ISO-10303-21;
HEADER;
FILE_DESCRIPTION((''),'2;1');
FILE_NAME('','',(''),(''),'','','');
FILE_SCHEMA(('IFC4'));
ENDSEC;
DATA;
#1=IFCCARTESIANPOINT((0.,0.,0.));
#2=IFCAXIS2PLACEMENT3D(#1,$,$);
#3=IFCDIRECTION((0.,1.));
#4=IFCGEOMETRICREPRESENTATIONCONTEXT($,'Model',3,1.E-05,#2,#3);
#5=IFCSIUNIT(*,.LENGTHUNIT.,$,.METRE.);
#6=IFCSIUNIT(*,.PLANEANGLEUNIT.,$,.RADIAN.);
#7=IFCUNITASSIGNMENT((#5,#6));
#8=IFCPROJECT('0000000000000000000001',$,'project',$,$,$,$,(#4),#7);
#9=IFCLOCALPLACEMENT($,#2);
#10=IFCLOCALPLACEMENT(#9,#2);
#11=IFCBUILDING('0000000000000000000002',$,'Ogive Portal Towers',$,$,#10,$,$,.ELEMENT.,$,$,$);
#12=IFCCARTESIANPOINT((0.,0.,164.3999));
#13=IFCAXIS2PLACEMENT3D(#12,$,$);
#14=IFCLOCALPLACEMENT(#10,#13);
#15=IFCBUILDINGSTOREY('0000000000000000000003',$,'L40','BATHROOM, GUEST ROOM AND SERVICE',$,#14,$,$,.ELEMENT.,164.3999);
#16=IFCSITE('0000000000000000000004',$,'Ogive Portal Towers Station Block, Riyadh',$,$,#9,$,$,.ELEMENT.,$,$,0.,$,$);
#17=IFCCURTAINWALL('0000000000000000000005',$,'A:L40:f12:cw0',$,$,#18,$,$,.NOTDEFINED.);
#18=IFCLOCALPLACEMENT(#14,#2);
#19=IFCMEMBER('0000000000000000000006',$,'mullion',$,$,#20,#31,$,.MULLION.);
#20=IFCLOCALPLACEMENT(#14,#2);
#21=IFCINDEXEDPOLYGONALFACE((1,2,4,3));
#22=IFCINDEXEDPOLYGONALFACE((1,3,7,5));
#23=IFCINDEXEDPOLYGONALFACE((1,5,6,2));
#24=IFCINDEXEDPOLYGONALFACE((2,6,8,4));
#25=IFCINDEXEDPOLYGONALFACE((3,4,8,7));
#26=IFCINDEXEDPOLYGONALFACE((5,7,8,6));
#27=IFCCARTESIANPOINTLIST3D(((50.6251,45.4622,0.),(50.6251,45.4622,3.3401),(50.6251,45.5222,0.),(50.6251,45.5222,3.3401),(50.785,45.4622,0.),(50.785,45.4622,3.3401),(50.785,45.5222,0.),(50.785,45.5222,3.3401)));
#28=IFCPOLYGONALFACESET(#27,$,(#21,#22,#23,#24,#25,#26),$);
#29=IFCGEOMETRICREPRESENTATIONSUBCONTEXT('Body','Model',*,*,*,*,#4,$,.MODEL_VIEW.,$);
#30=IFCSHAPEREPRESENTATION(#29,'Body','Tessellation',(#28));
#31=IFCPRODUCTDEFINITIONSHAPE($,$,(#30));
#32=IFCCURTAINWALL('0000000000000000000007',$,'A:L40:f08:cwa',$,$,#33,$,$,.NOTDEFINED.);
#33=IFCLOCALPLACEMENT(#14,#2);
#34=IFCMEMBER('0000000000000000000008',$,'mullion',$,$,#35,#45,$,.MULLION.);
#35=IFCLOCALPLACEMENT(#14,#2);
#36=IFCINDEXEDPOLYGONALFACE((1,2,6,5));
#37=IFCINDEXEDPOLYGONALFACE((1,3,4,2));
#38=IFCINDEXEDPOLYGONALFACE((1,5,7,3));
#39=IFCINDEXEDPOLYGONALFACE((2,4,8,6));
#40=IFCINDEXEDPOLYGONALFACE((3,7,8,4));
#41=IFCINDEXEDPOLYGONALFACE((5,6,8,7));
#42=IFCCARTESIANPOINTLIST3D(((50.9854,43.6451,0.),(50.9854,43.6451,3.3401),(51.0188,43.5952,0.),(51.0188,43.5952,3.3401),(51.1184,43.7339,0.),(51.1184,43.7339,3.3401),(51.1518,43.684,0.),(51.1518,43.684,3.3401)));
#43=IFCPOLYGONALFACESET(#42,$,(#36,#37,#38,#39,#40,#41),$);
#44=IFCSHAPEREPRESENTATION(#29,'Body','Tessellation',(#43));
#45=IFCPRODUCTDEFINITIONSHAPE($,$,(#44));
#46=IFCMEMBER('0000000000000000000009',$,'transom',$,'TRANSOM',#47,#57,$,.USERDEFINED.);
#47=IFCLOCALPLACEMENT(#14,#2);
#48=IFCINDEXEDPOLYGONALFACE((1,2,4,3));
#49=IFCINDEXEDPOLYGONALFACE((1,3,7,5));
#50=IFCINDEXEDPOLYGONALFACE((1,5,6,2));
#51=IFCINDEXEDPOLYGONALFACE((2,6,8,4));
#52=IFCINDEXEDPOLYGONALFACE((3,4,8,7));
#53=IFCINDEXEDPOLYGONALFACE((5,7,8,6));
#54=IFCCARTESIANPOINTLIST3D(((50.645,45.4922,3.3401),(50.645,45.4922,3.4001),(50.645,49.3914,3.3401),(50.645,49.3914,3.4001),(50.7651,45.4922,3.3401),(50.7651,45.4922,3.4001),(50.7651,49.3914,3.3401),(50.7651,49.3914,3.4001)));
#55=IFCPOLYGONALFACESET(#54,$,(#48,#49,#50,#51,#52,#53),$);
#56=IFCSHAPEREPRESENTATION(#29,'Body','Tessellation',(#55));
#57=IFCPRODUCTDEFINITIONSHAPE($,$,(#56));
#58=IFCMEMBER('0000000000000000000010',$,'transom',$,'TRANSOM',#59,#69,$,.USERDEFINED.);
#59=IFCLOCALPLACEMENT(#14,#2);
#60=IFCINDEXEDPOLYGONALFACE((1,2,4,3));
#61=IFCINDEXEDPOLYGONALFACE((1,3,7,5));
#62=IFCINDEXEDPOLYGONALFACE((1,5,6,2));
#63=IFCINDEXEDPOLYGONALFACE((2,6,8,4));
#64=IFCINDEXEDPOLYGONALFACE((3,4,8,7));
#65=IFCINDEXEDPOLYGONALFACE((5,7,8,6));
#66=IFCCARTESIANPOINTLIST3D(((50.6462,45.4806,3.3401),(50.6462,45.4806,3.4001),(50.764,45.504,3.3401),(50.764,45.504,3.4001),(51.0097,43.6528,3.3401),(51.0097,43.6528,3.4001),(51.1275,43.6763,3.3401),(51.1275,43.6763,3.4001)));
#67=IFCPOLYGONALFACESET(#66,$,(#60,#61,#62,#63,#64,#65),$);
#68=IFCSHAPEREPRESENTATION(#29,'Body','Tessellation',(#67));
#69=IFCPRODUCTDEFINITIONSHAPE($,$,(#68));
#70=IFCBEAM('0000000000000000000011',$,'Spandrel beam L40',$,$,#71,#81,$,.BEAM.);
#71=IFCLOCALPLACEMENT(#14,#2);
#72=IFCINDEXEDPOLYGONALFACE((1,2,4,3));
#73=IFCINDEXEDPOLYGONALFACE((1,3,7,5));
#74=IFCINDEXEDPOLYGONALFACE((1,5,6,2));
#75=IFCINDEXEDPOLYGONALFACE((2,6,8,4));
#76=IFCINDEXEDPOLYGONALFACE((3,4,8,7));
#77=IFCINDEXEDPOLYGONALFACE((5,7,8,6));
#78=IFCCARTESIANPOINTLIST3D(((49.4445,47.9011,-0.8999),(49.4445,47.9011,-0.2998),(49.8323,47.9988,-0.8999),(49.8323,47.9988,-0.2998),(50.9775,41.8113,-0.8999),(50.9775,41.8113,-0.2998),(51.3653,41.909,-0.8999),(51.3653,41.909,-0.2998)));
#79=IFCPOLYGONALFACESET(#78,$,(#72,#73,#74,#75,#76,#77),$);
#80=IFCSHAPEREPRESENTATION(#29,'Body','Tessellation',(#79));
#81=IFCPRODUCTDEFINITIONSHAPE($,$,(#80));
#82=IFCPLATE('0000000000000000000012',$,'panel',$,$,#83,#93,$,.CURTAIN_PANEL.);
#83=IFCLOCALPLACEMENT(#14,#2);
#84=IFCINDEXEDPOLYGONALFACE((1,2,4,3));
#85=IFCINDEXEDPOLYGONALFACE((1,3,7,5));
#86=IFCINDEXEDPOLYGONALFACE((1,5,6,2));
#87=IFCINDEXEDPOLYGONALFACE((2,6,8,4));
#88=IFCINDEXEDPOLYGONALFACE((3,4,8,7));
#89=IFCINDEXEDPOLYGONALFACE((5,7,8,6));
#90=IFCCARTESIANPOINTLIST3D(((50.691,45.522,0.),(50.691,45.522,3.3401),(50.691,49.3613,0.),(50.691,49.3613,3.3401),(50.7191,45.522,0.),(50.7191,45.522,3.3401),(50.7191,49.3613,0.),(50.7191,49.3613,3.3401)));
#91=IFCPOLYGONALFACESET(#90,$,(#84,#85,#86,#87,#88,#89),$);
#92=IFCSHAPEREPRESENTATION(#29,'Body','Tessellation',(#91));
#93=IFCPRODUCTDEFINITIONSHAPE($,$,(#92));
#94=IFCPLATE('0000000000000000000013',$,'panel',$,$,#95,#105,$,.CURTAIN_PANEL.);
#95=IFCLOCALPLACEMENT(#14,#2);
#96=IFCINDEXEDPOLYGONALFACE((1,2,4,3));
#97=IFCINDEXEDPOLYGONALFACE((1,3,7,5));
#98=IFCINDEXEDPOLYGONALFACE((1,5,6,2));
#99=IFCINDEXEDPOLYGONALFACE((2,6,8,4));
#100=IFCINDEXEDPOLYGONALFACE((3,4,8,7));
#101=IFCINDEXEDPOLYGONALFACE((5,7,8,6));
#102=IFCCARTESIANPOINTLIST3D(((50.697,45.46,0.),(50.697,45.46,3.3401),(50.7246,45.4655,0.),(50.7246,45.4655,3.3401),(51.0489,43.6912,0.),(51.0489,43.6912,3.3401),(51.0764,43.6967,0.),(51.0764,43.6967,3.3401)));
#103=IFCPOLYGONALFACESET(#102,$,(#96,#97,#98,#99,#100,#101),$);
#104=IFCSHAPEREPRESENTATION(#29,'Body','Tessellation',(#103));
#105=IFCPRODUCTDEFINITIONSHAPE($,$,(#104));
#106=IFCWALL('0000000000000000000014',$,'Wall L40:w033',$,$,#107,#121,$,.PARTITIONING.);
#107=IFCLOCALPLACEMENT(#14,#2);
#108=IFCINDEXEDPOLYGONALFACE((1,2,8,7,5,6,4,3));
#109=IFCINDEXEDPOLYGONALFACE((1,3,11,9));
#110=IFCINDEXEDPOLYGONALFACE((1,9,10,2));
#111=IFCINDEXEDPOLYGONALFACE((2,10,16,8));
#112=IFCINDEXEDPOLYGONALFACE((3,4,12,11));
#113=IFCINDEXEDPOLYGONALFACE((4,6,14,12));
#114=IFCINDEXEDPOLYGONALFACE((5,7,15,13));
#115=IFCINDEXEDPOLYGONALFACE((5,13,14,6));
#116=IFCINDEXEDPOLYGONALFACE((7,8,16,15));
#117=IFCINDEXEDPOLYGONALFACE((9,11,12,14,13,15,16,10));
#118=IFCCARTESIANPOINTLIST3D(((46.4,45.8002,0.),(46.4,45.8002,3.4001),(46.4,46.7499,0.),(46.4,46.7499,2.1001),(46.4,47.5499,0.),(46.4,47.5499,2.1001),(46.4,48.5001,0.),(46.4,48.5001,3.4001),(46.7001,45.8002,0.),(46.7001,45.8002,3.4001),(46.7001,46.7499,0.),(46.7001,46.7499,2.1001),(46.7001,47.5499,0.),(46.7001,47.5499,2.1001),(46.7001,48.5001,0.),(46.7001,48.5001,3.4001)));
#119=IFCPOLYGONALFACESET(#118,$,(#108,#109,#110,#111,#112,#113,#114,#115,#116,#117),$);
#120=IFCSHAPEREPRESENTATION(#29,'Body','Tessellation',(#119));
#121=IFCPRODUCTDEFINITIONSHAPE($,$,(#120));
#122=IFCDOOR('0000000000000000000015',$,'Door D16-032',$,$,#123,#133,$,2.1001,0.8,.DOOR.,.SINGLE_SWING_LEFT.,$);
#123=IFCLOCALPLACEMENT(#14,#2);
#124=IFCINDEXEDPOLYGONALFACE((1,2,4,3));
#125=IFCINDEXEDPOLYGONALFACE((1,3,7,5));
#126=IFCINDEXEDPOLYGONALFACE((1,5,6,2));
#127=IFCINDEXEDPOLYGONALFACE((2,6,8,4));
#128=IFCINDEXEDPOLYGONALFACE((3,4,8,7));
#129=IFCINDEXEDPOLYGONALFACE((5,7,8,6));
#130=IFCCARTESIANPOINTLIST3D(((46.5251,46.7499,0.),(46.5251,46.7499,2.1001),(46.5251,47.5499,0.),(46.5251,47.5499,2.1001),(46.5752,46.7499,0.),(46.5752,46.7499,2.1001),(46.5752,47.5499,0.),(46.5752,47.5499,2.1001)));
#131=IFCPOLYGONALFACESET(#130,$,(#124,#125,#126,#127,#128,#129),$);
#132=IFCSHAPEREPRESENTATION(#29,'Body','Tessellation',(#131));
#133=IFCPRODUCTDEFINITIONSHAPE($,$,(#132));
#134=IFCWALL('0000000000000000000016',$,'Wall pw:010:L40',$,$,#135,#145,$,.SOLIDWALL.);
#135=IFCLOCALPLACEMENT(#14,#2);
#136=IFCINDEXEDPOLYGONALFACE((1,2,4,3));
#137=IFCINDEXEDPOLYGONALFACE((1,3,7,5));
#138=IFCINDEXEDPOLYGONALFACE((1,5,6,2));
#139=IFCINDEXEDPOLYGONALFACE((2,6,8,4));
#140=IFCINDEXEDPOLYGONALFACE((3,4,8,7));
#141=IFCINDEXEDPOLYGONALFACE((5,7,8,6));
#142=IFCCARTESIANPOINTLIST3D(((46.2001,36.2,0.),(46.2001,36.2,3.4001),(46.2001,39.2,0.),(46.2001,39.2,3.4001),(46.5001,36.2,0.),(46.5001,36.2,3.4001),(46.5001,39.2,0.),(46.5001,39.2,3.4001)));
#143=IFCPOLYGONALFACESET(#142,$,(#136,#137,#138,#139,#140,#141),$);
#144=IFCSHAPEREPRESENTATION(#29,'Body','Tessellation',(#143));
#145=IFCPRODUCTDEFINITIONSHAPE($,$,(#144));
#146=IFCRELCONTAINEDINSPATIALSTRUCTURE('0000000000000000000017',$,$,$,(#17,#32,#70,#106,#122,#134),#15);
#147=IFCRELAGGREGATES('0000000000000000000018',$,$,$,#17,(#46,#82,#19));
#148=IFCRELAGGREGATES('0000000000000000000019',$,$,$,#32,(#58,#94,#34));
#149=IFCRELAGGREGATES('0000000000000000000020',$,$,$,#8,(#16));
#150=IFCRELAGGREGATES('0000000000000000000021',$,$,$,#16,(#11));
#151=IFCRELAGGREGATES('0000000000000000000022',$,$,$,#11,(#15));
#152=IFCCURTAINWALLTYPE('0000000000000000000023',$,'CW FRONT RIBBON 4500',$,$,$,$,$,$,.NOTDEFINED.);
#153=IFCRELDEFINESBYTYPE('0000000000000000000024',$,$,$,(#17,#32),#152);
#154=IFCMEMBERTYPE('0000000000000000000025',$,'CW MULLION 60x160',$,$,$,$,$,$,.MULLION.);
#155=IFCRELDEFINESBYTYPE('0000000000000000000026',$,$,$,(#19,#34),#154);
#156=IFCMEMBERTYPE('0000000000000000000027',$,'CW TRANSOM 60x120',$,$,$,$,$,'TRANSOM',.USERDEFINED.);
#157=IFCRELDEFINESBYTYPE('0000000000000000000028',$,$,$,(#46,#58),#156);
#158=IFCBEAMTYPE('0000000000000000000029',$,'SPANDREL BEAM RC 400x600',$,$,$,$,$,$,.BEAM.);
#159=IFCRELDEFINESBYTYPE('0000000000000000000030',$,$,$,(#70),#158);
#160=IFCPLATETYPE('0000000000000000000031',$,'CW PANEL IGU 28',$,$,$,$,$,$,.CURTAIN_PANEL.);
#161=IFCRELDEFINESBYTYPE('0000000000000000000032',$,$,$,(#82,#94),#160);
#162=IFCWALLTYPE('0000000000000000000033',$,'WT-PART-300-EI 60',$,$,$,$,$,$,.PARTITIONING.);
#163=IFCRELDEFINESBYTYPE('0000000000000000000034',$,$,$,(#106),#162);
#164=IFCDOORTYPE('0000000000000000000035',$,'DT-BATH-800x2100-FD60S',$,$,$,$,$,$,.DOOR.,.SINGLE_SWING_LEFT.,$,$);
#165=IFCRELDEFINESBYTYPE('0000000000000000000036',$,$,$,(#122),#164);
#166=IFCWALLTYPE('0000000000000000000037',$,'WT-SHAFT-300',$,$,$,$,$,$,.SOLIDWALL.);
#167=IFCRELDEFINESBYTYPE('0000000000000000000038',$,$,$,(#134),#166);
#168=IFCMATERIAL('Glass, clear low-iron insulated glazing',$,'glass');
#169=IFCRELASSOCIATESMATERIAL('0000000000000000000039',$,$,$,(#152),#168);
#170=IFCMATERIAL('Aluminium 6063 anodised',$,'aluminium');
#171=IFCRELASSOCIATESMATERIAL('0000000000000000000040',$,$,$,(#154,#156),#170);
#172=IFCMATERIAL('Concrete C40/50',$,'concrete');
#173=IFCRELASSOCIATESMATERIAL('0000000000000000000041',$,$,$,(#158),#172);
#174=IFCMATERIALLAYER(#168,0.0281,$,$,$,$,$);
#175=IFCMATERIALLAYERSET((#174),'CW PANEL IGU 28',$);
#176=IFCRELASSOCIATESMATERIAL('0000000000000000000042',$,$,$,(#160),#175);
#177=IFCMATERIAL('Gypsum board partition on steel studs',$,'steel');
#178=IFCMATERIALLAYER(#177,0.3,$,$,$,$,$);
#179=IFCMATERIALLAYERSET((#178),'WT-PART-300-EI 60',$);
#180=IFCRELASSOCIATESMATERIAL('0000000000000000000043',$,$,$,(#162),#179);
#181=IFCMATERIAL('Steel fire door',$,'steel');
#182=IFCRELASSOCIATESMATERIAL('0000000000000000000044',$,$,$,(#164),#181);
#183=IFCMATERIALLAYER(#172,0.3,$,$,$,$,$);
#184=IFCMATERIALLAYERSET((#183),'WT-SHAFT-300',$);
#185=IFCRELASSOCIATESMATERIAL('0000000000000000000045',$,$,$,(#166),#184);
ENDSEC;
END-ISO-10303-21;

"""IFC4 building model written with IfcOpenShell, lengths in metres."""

from ifc_helpers import new_model, si_unit, direction, frame, frame_2d, origin, origin_2d, place, context, subcontext, project, spatial, rectangle, extrude, material, layer, layer_set, material_profile, profile_set, type_object, element, fill, aggregate, save


model = new_model("IFC4")

# Units and contexts
model_context = context("Model", 3, precision=1e-05, world=origin(), true_north=direction((0.0, 1.0)))
body_context = subcontext(model_context, "Body", "Model", "MODEL_VIEW")
ifc_project = project(units=[si_unit("LENGTHUNIT", "METRE"), si_unit("PLANEANGLEUNIT", "RADIAN")], contexts=[model_context])

# Site, building, storey
site_placement = place(None, origin())
site = spatial("IfcSite", under=ifc_project, at=site_placement, Name="Ogive Portal Towers Station Block, Riyadh", CompositionType="ELEMENT", RefElevation=0.0)
building_placement = place(site_placement, origin())
building = spatial("IfcBuilding", under=site, at=building_placement, Name="Ogive Portal Towers", CompositionType="ELEMENT")
storey_placement = place(building_placement, frame((0.0, 0.0, 164.3999)))
storey = spatial("IfcBuildingStorey", under=building, at=storey_placement, Name="L40", Description="BATHROOM, GUEST ROOM AND SERVICE", CompositionType="ELEMENT", Elevation=164.3999)

# Curtain walls, members
ifc_material_1 = material(Name="Glass, clear low-iron insulated glazing", Category="glass")
curtain_wall_type = type_object("IfcCurtainWallType", Name="CW FRONT RIBBON 4500", PredefinedType="NOTDEFINED", material=ifc_material_1)
curtain_wall_1_placement = place(storey_placement, origin())
curtain_wall_1 = element("IfcCurtainWall", 1, at=curtain_wall_1_placement, inside=storey, type_object=curtain_wall_type, Name="A:L40:f12:cw0", PredefinedType="NOTDEFINED")
ifc_material_2 = material(Name="Aluminium 6063 anodised", Category="aluminium")
ifc_material_profile_1 = material_profile(ifc_material_2, rectangle(XDim=0.1599, YDim=0.0601, at=origin_2d()), Name="AL 60x160")
ifc_profile_set_1 = profile_set([ifc_material_profile_1], Name="Aluminium 6063 anodised")
member_type_1 = type_object("IfcMemberType", Name="CW MULLION 60x160", PredefinedType="MULLION", material=ifc_profile_set_1)
member_1_placement = place(storey_placement, frame((50.7051, 45.4922, 0.0), z_axis=(0.0, 0.0, 1.0), x_axis=(-1.0, 0.0, 0.0)))
member_1 = element("IfcMember", 2, at=member_1_placement, type_object=member_type_1, Name="mullion", PredefinedType="MULLION", context=body_context, shape_type="SweptSolid", body=[
    extrude(rectangle(XDim=0.1599, YDim=0.0601, at=origin_2d()), origin(), (0.0, 0.0, 1.0), 3.3401),
])
curtain_wall_2_placement = place(storey_placement, origin())
curtain_wall_2 = element("IfcCurtainWall", 3, at=curtain_wall_2_placement, inside=storey, type_object=curtain_wall_type, Name="A:L40:f08:cwa", PredefinedType="NOTDEFINED")
member_2_placement = place(storey_placement, frame((51.0686, 43.6646, 0.0), z_axis=(0.0, 0.0, 1.0), x_axis=(-0.83147, -0.55557, 0.0)))
member_2 = element("IfcMember", 4, at=member_2_placement, type_object=member_type_1, Name="mullion", PredefinedType="MULLION", context=body_context, shape_type="SweptSolid", body=[
    extrude(rectangle(XDim=0.1599, YDim=0.0601, at=origin_2d()), origin(), (0.0, 0.0, 1.0), 3.3401),
])

# Members
ifc_material_profile_2 = material_profile(ifc_material_2, rectangle(XDim=0.1201, YDim=0.0601, at=origin_2d()), Name="AL 120x60")
ifc_profile_set_2 = profile_set([ifc_material_profile_2], Name="Aluminium 6063 anodised")
member_type_2 = type_object("IfcMemberType", Name="CW TRANSOM 60x120", ElementType="TRANSOM", PredefinedType="USERDEFINED", material=ifc_profile_set_2)
member_3_placement = place(storey_placement, frame((50.7051, 45.4922, 3.3701), z_axis=(0.0, 1.0, 0.0), x_axis=(-1.0, 0.0, 0.0)))
member_3 = element("IfcMember", 5, at=member_3_placement, type_object=member_type_2, Name="transom", ObjectType="TRANSOM", PredefinedType="USERDEFINED", context=body_context, shape_type="SweptSolid", body=[
    extrude(rectangle(XDim=0.1201, YDim=0.0601, at=origin_2d()), origin(), (0.0, 0.0, 1.0), 3.8992),
])
member_4_placement = place(storey_placement, frame((51.0686, 43.6646, 3.3701), z_axis=(-0.195083, 0.980787, 0.0), x_axis=(-0.980787, -0.195083, 0.0)))
member_4 = element("IfcMember", 6, at=member_4_placement, type_object=member_type_2, Name="transom", ObjectType="TRANSOM", PredefinedType="USERDEFINED", context=body_context, shape_type="SweptSolid", body=[
    extrude(rectangle(XDim=0.1201, YDim=0.0601, at=origin_2d()), origin(), (0.0, 0.0, 1.0), 1.8635),
])

# Beam
ifc_material_3 = material(Name="Concrete C40/50", Category="concrete")
ifc_material_profile_3 = material_profile(ifc_material_3, rectangle(XDim=0.3999, YDim=0.6001, at=origin_2d()), Name="RC 400x600")
ifc_profile_set_3 = profile_set([ifc_material_profile_3], Name="Concrete C40/50")
beam_type = type_object("IfcBeamType", Name="SPANDREL BEAM RC 400x600", PredefinedType="BEAM", material=ifc_profile_set_3)
beam_placement = place(storey_placement, frame((49.6384, 47.95, -0.5999), z_axis=(0.244109, -0.969748, 0.0), x_axis=(0.969748, 0.244109, 0.0)))
element("IfcBeam", 7, at=beam_placement, inside=storey, type_object=beam_type, Name="Spandrel beam L40", PredefinedType="BEAM", context=body_context, shape_type="SweptSolid", body=[
    extrude(rectangle(XDim=0.3999, YDim=0.6001, at=origin_2d()), origin(), (0.0, 0.0, 1.0), 6.2798),
])

# Plates
ifc_layer_1 = layer(ifc_material_1, 0.0281)
ifc_layer_set_1 = layer_set([ifc_layer_1], Name="CW PANEL IGU 28")
plate_type = type_object("IfcPlateType", Name="CW PANEL IGU 28", PredefinedType="CURTAIN_PANEL", material=ifc_layer_set_1)
plate_1_placement = place(storey_placement, frame((50.7051, 47.4417, 0.0), z_axis=(0.0, 0.0, 1.0), x_axis=(0.0, 1.0, 0.0)))
plate_1 = element("IfcPlate", 8, at=plate_1_placement, type_object=plate_type, Name="panel", PredefinedType="CURTAIN_PANEL", context=body_context, shape_type="SweptSolid", body=[
    extrude(rectangle(XDim=3.8394, YDim=0.0281, at=origin_2d()), origin(), (0.0, 0.0, 1.0), 3.3401),
])
aggregate(curtain_wall_1, [member_3, plate_1, member_1])
plate_2_placement = place(storey_placement, frame((50.8867, 44.5784, 0.0), z_axis=(0.0, 0.0, 1.0), x_axis=(-0.19509, 0.980785, 0.0)))
plate_2 = element("IfcPlate", 9, at=plate_2_placement, type_object=plate_type, Name="panel", PredefinedType="CURTAIN_PANEL", context=body_context, shape_type="SweptSolid", body=[
    extrude(rectangle(XDim=1.8035, YDim=0.0281, at=origin_2d()), origin(), (0.0, 0.0, 1.0), 3.3401),
])
aggregate(curtain_wall_2, [member_4, plate_2, member_2])

# Wall, opening, door
ifc_material_4 = material(Name="Gypsum board partition on steel studs", Category="steel")
ifc_layer_2 = layer(ifc_material_4, 0.3)
ifc_layer_set_2 = layer_set([ifc_layer_2], Name="WT-PART-300-EI 60")
wall_type_1 = type_object("IfcWallType", Name="WT-PART-300-EI 60", PredefinedType="PARTITIONING", material=ifc_layer_set_2)
wall_1_placement = place(storey_placement, frame((46.55, 45.8, 0.0), z_axis=(0.0, 0.0, 1.0), x_axis=(0.0, 1.0, 0.0)))
wall_1 = element("IfcWall", 10, at=wall_1_placement, inside=storey, type_object=wall_type_1, Name="Wall L40:w033", PredefinedType="PARTITIONING", context=body_context, shape_type="SweptSolid", body=[
    extrude(rectangle(XDim=2.7, YDim=0.3, at=frame_2d((1.3501, 0.0))), origin(), (0.0, 0.0, 1.0), 3.4001),
])
opening_placement = place(wall_1_placement, frame((0.95, 0.0, 0.0)))
opening = element("IfcOpeningElement", 11, at=opening_placement, cuts=wall_1, PredefinedType="OPENING", context=body_context, shape_type="SweptSolid", body=[
    extrude(rectangle(XDim=0.8, YDim=2.1001, at=frame_2d((0.3999, 1.05))), frame((0.0, 0.1602, 0.0), z_axis=(0.0, -1.0, 0.0), x_axis=(1.0, 0.0, 0.0)), (0.0, 0.0, 1.0), 0.3201),
])
ifc_material_5 = material(Name="Steel fire door", Category="steel")
door_type = type_object("IfcDoorType", Name="DT-BATH-800x2100-FD60S", OperationType="SINGLE_SWING_LEFT", PredefinedType="DOOR", material=ifc_material_5)
door_placement = place(opening_placement, origin())
door = element("IfcDoor", 12, at=door_placement, inside=storey, type_object=door_type, Name="Door D16-032", OperationType="SINGLE_SWING_LEFT", OverallHeight=2.1001, OverallWidth=0.8, PredefinedType="DOOR", context=body_context, shape_type="SweptSolid", body=[
    extrude(rectangle(XDim=0.8, YDim=2.1001, at=frame_2d((0.3999, 1.05))), frame((0.0, 0.0249, 0.0), z_axis=(0.0, -1.0, 0.0), x_axis=(1.0, 0.0, 0.0)), (0.0, 0.0, 1.0), 0.05),
])
fill(opening, door)

# Wall
ifc_layer_3 = layer(ifc_material_3, 0.3)
ifc_layer_set_3 = layer_set([ifc_layer_3], Name="WT-SHAFT-300")
wall_type_2 = type_object("IfcWallType", Name="WT-SHAFT-300", PredefinedType="SOLIDWALL", material=ifc_layer_set_3)
wall_2_placement = place(storey_placement, frame((46.3501, 36.2, 0.0), z_axis=(0.0, 0.0, 1.0), x_axis=(0.0, 1.0, 0.0)))
element("IfcWall", 13, at=wall_2_placement, inside=storey, type_object=wall_type_2, Name="Wall pw:010:L40", PredefinedType="SOLIDWALL", context=body_context, shape_type="SweptSolid", body=[
    extrude(rectangle(XDim=3.0, YDim=0.3, at=frame_2d((1.5, 0.0))), origin(), (0.0, 0.0, 1.0), 3.4001),
])

save(model, "model.ifc")
